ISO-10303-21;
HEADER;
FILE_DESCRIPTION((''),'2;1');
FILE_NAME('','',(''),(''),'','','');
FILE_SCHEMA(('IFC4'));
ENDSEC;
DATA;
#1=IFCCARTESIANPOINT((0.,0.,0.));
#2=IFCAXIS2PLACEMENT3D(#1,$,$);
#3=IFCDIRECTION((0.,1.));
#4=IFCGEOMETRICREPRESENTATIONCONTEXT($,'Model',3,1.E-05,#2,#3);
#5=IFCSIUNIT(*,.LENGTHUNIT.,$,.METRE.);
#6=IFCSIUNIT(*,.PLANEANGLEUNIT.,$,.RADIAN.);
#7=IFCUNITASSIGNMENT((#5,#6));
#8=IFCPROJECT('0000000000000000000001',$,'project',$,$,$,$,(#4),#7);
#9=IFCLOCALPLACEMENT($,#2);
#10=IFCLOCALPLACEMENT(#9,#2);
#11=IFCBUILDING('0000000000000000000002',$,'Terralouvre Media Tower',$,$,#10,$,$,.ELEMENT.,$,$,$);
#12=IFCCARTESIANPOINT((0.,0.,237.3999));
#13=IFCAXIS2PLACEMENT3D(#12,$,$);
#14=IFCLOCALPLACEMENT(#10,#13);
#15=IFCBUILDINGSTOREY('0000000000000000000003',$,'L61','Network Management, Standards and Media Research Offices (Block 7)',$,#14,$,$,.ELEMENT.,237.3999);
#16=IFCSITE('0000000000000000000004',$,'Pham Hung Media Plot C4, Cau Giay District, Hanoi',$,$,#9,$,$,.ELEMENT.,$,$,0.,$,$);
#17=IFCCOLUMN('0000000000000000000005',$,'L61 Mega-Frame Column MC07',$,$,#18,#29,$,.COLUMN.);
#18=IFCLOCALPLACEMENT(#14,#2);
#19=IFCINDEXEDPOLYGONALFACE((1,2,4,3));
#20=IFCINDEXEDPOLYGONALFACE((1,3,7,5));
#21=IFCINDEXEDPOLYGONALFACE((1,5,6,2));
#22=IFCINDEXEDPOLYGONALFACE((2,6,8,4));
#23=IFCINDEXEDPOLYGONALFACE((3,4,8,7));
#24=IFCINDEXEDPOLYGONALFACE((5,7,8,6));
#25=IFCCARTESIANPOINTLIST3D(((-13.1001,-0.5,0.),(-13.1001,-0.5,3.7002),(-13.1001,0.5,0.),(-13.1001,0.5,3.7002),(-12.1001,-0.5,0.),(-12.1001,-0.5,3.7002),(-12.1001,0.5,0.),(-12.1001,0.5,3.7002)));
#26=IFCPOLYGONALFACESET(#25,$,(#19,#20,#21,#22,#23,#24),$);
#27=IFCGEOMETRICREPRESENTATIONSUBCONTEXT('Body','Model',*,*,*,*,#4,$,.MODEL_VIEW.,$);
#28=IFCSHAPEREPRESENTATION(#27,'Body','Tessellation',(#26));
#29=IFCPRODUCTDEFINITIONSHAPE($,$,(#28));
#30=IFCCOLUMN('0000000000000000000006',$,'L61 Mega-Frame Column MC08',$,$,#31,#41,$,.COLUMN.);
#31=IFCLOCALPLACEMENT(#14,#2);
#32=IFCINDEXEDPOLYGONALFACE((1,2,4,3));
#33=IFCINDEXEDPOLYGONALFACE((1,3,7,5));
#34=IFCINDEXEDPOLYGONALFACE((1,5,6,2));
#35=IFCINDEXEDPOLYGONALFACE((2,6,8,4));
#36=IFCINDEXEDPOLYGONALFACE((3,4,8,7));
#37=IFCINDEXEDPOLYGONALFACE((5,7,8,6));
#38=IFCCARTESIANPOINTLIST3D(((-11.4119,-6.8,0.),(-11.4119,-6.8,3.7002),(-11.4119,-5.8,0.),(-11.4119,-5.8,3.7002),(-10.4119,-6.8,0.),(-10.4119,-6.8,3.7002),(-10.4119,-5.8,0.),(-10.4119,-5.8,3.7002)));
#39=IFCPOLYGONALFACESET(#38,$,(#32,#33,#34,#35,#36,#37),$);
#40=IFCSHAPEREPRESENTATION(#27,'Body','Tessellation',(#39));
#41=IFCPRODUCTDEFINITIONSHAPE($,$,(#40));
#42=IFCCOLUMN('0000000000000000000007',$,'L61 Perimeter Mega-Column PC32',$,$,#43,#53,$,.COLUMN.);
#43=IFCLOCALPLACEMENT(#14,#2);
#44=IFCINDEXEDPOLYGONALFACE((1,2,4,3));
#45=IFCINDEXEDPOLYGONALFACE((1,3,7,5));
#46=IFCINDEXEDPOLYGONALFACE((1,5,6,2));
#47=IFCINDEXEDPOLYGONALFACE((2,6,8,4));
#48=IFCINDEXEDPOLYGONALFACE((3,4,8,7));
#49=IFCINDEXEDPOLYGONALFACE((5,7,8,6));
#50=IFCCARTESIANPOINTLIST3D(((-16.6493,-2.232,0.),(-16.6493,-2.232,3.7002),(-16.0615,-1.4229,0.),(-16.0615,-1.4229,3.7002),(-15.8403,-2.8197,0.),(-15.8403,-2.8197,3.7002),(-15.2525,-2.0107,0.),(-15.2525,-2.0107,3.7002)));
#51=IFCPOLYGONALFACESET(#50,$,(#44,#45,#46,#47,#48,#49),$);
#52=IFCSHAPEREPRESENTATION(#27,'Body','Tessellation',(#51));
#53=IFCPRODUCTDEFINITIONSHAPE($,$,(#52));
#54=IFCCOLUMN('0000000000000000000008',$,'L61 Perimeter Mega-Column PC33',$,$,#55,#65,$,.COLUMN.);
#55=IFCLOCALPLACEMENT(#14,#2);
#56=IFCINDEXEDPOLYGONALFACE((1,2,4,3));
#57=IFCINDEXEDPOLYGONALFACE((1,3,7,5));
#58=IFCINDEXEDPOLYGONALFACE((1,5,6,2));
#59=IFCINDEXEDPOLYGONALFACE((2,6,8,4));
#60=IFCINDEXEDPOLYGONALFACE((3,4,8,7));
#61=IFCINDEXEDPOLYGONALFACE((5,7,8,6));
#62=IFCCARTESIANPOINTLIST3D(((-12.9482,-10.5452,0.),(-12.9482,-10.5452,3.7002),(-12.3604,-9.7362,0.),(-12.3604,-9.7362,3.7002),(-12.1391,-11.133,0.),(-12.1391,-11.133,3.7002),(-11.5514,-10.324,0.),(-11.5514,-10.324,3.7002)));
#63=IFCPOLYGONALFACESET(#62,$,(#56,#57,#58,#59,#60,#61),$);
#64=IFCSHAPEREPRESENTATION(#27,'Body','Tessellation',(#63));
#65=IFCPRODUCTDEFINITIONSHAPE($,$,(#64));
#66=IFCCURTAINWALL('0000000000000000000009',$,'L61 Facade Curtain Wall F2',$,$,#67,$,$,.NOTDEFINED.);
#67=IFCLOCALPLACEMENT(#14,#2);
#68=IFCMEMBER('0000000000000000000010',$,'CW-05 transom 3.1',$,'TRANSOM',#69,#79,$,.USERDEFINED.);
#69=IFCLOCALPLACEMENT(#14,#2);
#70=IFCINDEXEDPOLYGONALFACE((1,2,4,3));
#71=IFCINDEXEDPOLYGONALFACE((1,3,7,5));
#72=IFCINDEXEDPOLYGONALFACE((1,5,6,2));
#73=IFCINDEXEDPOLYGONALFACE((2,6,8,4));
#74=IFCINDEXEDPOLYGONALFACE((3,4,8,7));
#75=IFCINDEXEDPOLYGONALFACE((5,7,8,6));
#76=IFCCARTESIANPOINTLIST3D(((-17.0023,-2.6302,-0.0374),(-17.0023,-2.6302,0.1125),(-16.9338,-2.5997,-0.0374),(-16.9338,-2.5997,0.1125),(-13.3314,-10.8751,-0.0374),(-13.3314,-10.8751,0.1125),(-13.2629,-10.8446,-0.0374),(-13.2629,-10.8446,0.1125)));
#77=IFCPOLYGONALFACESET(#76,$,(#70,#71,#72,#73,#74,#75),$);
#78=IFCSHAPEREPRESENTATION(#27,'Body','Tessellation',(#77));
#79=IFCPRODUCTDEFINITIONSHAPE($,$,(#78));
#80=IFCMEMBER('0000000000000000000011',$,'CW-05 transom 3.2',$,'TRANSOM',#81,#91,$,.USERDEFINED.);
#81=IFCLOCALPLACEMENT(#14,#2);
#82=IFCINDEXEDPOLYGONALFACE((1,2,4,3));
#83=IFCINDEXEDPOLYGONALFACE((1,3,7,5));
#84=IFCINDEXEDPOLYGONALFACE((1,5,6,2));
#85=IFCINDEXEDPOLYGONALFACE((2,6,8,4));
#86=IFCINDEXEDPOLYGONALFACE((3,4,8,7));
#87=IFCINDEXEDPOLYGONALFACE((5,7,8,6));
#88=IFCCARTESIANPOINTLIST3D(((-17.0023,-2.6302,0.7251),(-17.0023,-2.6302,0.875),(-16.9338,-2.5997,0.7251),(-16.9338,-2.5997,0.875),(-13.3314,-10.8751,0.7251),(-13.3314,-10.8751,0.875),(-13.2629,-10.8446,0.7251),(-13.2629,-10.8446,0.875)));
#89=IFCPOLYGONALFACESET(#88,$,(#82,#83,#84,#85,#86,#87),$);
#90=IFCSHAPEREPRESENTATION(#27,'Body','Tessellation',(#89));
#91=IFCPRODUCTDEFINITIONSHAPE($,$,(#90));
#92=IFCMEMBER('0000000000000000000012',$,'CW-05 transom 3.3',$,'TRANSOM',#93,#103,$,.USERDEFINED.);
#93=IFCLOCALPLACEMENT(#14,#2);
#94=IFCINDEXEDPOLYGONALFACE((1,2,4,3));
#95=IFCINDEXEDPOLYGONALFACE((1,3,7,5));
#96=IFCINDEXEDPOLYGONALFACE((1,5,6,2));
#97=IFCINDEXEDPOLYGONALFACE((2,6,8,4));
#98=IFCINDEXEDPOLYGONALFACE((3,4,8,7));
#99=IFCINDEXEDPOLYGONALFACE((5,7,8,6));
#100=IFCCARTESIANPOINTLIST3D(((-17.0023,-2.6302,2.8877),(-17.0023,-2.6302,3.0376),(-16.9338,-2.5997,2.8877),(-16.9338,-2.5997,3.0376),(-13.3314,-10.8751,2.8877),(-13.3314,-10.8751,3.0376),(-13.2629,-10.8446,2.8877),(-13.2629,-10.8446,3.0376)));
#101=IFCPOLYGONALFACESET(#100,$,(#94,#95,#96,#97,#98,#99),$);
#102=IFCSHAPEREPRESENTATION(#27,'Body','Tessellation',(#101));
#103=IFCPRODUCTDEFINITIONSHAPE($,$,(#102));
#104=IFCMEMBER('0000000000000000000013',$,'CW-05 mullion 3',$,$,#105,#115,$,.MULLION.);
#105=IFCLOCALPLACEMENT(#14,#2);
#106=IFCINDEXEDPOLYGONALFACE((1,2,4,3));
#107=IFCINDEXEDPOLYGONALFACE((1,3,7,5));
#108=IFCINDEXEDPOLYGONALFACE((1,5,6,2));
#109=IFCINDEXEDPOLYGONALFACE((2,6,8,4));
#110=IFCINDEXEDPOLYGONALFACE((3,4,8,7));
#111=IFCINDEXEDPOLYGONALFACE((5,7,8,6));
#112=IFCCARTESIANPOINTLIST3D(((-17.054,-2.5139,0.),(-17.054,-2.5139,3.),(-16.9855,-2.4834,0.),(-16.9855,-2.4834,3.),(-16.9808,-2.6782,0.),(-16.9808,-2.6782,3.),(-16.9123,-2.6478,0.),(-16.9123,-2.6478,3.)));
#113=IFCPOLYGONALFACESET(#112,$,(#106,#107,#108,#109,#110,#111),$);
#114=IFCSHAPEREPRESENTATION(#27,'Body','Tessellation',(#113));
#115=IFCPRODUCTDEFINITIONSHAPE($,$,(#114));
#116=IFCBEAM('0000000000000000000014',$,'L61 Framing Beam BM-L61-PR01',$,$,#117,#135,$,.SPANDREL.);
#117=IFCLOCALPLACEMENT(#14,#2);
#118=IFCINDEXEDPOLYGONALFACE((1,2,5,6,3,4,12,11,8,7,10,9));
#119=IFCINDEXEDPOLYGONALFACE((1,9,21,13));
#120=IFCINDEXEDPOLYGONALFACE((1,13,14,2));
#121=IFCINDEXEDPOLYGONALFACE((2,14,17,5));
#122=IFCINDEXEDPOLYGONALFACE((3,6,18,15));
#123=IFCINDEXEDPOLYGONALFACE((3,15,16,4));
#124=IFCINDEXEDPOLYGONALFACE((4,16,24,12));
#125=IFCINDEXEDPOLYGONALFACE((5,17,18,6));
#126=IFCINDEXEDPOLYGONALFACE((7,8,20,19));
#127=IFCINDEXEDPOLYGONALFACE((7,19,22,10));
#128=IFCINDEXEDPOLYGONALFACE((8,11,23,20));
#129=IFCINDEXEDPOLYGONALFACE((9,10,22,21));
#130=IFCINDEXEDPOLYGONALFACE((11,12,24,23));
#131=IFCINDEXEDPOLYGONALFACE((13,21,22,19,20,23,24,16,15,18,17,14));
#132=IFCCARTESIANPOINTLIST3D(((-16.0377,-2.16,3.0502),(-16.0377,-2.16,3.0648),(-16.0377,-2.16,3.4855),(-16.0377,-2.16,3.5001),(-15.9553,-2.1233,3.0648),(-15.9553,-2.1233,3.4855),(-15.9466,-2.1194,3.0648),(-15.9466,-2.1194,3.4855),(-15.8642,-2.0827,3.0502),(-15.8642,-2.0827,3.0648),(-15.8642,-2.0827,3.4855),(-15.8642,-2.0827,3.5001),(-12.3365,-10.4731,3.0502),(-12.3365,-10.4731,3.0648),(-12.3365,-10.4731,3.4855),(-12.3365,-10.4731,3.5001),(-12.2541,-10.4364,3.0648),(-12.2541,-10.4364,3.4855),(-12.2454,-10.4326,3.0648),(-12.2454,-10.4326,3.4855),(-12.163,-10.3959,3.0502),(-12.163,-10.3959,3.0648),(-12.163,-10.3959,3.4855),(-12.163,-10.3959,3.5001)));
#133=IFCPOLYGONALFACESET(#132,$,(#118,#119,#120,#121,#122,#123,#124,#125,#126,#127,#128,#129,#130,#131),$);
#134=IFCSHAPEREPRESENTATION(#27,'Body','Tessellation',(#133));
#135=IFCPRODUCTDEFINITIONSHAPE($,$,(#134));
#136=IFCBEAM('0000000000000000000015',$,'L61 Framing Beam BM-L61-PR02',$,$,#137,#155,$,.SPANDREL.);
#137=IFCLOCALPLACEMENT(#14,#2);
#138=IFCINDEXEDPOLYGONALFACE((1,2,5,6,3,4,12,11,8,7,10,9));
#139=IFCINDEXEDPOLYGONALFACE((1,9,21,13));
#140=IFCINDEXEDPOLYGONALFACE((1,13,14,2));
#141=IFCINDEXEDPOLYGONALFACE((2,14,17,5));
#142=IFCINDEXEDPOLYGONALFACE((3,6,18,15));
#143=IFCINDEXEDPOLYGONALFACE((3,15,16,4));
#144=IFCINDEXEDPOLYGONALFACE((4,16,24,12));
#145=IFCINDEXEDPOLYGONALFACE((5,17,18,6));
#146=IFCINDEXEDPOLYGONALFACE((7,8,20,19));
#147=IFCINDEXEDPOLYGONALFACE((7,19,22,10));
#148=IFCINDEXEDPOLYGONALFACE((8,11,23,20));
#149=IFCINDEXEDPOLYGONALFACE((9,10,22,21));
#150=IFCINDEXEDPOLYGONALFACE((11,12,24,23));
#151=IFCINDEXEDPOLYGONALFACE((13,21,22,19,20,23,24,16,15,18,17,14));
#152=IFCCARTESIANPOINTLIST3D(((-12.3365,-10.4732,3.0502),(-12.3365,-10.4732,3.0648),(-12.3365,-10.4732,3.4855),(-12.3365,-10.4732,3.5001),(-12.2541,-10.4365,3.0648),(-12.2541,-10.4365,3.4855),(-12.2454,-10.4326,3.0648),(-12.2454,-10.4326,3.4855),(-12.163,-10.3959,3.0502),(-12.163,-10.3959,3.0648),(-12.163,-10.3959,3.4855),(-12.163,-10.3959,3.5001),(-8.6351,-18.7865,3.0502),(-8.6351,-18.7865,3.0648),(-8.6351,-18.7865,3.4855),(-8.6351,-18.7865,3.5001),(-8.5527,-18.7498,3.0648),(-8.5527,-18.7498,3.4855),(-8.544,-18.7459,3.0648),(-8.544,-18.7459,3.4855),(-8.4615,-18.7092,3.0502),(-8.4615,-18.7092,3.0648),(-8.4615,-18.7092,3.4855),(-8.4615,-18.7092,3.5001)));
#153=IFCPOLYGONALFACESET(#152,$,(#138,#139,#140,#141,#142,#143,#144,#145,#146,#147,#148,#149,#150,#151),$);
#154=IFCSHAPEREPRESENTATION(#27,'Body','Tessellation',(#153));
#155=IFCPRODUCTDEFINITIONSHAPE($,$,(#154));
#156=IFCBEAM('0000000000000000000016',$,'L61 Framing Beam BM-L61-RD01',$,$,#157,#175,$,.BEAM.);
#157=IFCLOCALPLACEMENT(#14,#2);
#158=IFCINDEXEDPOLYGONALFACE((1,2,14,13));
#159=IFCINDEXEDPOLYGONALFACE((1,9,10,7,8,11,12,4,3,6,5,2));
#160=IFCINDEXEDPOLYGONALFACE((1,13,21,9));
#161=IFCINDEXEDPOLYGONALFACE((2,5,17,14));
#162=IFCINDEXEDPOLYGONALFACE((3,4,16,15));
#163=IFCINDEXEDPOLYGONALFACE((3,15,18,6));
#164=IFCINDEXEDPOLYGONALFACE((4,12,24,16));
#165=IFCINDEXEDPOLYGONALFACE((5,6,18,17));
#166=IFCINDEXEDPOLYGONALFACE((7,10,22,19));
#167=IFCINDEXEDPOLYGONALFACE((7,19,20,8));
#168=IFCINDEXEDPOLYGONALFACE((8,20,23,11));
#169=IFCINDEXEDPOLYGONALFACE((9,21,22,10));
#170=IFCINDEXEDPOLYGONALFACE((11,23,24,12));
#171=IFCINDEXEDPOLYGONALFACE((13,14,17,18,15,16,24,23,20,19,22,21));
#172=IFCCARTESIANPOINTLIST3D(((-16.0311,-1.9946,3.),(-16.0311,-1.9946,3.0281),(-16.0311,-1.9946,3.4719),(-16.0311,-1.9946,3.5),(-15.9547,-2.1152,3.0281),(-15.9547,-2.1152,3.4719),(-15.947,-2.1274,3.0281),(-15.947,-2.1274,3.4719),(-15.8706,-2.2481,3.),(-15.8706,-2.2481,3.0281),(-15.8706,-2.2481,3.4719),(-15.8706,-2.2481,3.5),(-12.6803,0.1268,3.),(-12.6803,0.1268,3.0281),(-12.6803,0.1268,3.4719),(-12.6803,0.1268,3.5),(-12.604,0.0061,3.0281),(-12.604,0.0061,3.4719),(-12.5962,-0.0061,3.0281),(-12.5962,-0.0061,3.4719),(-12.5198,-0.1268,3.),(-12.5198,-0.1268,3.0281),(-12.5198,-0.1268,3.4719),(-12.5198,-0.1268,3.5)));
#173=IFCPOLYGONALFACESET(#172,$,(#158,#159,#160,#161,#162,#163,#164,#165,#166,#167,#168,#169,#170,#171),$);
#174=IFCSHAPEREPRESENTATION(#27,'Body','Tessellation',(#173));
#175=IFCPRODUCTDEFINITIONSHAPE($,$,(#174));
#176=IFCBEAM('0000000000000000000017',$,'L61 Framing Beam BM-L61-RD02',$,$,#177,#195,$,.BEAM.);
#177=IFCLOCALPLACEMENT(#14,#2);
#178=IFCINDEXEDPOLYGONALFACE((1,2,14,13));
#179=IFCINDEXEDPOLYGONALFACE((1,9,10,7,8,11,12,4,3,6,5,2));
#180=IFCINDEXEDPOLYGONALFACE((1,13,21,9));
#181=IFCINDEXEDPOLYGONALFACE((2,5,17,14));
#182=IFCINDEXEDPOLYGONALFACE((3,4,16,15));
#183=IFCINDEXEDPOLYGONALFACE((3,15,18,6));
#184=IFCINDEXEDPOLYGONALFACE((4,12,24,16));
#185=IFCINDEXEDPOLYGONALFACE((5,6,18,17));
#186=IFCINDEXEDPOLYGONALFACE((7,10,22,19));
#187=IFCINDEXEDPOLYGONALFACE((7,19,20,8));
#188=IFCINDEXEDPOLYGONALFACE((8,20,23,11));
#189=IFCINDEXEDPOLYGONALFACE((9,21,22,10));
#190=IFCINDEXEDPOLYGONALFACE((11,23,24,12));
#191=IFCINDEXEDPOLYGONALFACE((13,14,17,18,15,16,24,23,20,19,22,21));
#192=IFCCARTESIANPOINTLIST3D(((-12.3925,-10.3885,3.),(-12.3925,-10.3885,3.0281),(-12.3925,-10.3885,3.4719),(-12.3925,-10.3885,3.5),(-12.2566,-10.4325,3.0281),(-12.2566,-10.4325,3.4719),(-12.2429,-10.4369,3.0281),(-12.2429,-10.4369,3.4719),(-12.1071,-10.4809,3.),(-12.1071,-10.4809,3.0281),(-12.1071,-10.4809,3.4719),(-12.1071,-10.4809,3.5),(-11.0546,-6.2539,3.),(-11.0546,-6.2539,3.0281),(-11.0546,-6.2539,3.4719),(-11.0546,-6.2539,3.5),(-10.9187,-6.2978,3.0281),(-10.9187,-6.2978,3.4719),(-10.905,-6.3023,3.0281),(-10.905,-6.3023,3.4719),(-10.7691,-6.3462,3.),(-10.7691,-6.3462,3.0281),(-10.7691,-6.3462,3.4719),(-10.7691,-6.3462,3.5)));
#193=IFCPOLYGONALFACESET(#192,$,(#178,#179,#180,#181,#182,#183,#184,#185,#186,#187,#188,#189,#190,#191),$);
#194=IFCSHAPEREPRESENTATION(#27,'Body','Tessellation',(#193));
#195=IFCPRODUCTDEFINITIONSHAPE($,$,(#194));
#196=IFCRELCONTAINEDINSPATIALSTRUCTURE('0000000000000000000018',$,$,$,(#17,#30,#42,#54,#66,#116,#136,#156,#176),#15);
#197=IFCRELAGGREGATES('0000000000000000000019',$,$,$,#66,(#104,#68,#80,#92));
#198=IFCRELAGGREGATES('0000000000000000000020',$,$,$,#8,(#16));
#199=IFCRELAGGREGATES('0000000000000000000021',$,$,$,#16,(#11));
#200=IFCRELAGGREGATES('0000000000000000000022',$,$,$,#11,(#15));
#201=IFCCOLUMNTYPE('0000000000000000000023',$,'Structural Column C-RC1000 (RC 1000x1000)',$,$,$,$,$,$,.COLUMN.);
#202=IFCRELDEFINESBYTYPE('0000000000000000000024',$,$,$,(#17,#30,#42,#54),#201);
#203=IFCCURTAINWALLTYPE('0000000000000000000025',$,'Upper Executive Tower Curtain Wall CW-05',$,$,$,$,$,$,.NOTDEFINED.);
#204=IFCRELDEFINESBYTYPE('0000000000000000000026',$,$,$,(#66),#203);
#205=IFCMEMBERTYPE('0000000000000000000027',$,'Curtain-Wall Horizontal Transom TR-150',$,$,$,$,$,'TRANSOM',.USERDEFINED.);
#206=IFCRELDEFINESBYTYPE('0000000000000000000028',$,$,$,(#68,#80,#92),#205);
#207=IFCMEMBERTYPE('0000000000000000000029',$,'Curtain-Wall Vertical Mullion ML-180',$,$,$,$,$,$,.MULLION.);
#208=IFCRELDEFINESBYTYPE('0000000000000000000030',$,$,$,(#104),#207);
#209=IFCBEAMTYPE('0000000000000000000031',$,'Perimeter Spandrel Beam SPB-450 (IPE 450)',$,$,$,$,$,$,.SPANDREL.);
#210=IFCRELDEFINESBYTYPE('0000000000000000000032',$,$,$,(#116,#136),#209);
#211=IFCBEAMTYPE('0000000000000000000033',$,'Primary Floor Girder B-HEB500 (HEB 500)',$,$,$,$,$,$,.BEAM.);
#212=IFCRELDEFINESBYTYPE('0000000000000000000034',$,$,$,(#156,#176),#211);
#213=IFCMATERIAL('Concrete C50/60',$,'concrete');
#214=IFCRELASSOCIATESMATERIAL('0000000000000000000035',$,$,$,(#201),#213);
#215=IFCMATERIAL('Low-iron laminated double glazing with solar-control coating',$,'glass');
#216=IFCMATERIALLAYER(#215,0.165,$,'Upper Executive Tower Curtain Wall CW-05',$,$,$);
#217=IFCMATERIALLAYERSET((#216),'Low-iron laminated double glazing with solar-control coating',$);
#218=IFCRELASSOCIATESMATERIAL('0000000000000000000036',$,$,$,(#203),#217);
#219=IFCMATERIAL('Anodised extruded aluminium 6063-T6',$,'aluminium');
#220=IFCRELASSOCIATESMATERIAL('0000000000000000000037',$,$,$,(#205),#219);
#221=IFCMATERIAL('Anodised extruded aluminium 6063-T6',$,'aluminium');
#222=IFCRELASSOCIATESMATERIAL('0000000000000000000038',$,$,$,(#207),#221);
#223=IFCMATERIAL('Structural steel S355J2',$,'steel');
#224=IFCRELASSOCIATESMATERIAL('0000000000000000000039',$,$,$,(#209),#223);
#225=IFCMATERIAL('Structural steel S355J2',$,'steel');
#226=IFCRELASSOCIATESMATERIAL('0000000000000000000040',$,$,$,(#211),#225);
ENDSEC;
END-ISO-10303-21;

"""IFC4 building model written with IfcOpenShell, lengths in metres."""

from ifc_helpers import new_model, si_unit, direction, frame, origin, origin_2d, place, context, subcontext, project, spatial, rectangle, i_section, extrude, material, layer, layer_set, material_profile, profile_set, type_object, element, aggregate, save


model = new_model("IFC4")

# Units and contexts
model_context = context("Model", 3, precision=1e-05, world=origin(), true_north=direction((0.0, 1.0)))
body_context = subcontext(model_context, "Body", "Model", "MODEL_VIEW")
ifc_project = project(units=[si_unit("LENGTHUNIT", "METRE"), si_unit("PLANEANGLEUNIT", "RADIAN")], contexts=[model_context])

# Site, building, storey
site_placement = place(None, origin())
site = spatial("IfcSite", under=ifc_project, at=site_placement, Name="Pham Hung Media Plot C4, Cau Giay District, Hanoi", CompositionType="ELEMENT", RefElevation=0.0)
building_placement = place(site_placement, origin())
building = spatial("IfcBuilding", under=site, at=building_placement, Name="Terralouvre Media Tower", CompositionType="ELEMENT")
storey_placement = place(building_placement, frame((0.0, 0.0, 237.3999)))
storey = spatial("IfcBuildingStorey", under=building, at=storey_placement, Name="L61", Description="Network Management, Standards and Media Research Offices (Block 7)", CompositionType="ELEMENT", Elevation=237.3999)

# Columns
ifc_material_1 = material(Name="Concrete C50/60", Category="concrete")
ifc_material_profile_1 = material_profile(ifc_material_1, rectangle(XDim=1.0, YDim=1.0, at=origin_2d()), Name="RC 1000x1000")
ifc_profile_set_1 = profile_set([ifc_material_profile_1], Name="Concrete C50/60")
column_type = type_object("IfcColumnType", Name="Structural Column C-RC1000 (RC 1000x1000)", PredefinedType="COLUMN", material=ifc_profile_set_1)
for number, where, z_axis, x_axis, name in (
    (1, (-12.6001, 0.0, 0.0), (0.0, 0.0, 1.0), (1.0, 0.0, 0.0), "L61 Mega-Frame Column MC07"),
    (2, (-10.9119, -6.3, 0.0), (0.0, 0.0, 1.0), (1.0, 0.0, 0.0), "L61 Mega-Frame Column MC08"),
    (3, (-15.9509, -2.1213, 0.0), (0.0, 0.0, 1.0), (0.587785, 0.809017, 0.0), "L61 Perimeter Mega-Column PC32"),
    (4, (-12.2498, -10.4346, 0.0), (0.0, 0.0, 1.0), (0.587785, 0.809017, 0.0), "L61 Perimeter Mega-Column PC33"),
):
    element("IfcColumn", number, at=place(storey_placement, frame(where, z_axis=z_axis, x_axis=x_axis)), inside=storey, type_object=column_type, Name=name, PredefinedType="COLUMN", context=body_context, shape_type="SweptSolid", body=[
        extrude(rectangle(XDim=1.0, YDim=1.0, at=origin_2d()), origin(), (0.0, 0.0, 1.0), 3.7002),
    ])

# Curtain wall, members
ifc_material_2 = material(Name="Low-iron laminated double glazing with solar-control coating", Category="glass")
ifc_layer_1 = layer(ifc_material_2, 0.165, Name="Upper Executive Tower Curtain Wall CW-05")
ifc_layer_set_1 = layer_set([ifc_layer_1], Name="Low-iron laminated double glazing with solar-control coating")
curtain_wall_type = type_object("IfcCurtainWallType", Name="Upper Executive Tower Curtain Wall CW-05", PredefinedType="NOTDEFINED", material=ifc_layer_set_1)
curtain_wall_placement = place(storey_placement, origin())
curtain_wall = element("IfcCurtainWall", 5, at=curtain_wall_placement, inside=storey, type_object=curtain_wall_type, Name="L61 Facade Curtain Wall F2", PredefinedType="NOTDEFINED")
ifc_material_3 = material(Name="Anodised extruded aluminium 6063-T6", Category="aluminium")
ifc_material_profile_2 = material_profile(ifc_material_3, rectangle(XDim=0.075, YDim=0.1499, at=origin_2d()), Name="ALU 75x150")
ifc_profile_set_2 = profile_set([ifc_material_profile_2], Name="Anodised extruded aluminium 6063-T6")
member_type_1 = type_object("IfcMemberType", Name="Curtain-Wall Horizontal Transom TR-150", ElementType="TRANSOM", PredefinedType="USERDEFINED", material=ifc_profile_set_2)
member_1_placement = place(storey_placement, frame((-16.968, -2.615, 0.0376), z_axis=(0.406741, -0.913544, 0.0), x_axis=(0.913544, 0.406741, 0.0)))
member_1 = element("IfcMember", 6, at=member_1_placement, type_object=member_type_1, Name="CW-05 transom 3.1", ObjectType="TRANSOM", PredefinedType="USERDEFINED", context=body_context, shape_type="SweptSolid", body=[
    extrude(rectangle(XDim=0.075, YDim=0.1499, at=origin_2d()), origin(), (0.0, 0.0, 1.0), 9.0251),
])
member_2_placement = place(storey_placement, frame((-16.968, -2.615, 0.8), z_axis=(0.406741, -0.913544, 0.0), x_axis=(0.913544, 0.406741, 0.0)))
member_2 = element("IfcMember", 7, at=member_2_placement, type_object=member_type_1, Name="CW-05 transom 3.2", ObjectType="TRANSOM", PredefinedType="USERDEFINED", context=body_context, shape_type="SweptSolid", body=[
    extrude(rectangle(XDim=0.075, YDim=0.1499, at=origin_2d()), origin(), (0.0, 0.0, 1.0), 9.0251),
])
member_3_placement = place(storey_placement, frame((-16.968, -2.615, 2.9626), z_axis=(0.406741, -0.913544, 0.0), x_axis=(0.913544, 0.406741, 0.0)))
member_3 = element("IfcMember", 8, at=member_3_placement, type_object=member_type_1, Name="CW-05 transom 3.3", ObjectType="TRANSOM", PredefinedType="USERDEFINED", context=body_context, shape_type="SweptSolid", body=[
    extrude(rectangle(XDim=0.075, YDim=0.1499, at=origin_2d()), origin(), (0.0, 0.0, 1.0), 9.0251),
])
ifc_material_4 = material(Name="Anodised extruded aluminium 6063-T6", Category="aluminium")
ifc_material_profile_3 = material_profile(ifc_material_4, rectangle(XDim=0.075, YDim=0.1799, at=origin_2d()), Name="ALU 75x180")
ifc_profile_set_3 = profile_set([ifc_material_profile_3], Name="Anodised extruded aluminium 6063-T6")
member_type_2 = type_object("IfcMemberType", Name="Curtain-Wall Vertical Mullion ML-180", PredefinedType="MULLION", material=ifc_profile_set_3)
member_4_placement = place(storey_placement, frame((-16.9832, -2.5808, 0.0), z_axis=(0.0, 0.0, 1.0), x_axis=(0.913545, 0.406737, 0.0)))
member_4 = element("IfcMember", 9, at=member_4_placement, type_object=member_type_2, Name="CW-05 mullion 3", PredefinedType="MULLION", context=body_context, shape_type="SweptSolid", body=[
    extrude(rectangle(XDim=0.075, YDim=0.1799, at=origin_2d()), origin(), (0.0, 0.0, 1.0), 3.0),
])

# Beams
ifc_material_5 = material(Name="Structural steel S355J2", Category="steel")
ifc_material_profile_4 = material_profile(ifc_material_5, i_section(OverallWidth=0.1899, OverallDepth=0.45, WebThickness=0.0095, FlangeThickness=0.0146, at=origin_2d()), Name="IPE 450")
ifc_profile_set_4 = profile_set([ifc_material_profile_4], Name="Structural steel S355J2")
beam_type_1 = type_object("IfcBeamType", Name="Perimeter Spandrel Beam SPB-450 (IPE 450)", PredefinedType="SPANDREL", material=ifc_profile_set_4)
beam_1_placement = place(storey_placement, frame((-15.9509, -2.1213, 3.2751), z_axis=(0.406726, -0.91355, 0.0), x_axis=(0.91355, 0.406726, 0.0)))
element("IfcBeam", 10, at=beam_1_placement, inside=storey, type_object=beam_type_1, Name="L61 Framing Beam BM-L61-PR01", PredefinedType="SPANDREL", context=body_context, shape_type="SweptSolid", body=[
    extrude(i_section(OverallWidth=0.1899, OverallDepth=0.45, WebThickness=0.0095, FlangeThickness=0.0146, at=origin_2d()), origin(), (0.0, 0.0, 1.0), 9.0999),
])
beam_2_placement = place(storey_placement, frame((-12.2498, -10.4346, 3.2751), z_axis=(0.406748, -0.91354, 0.0), x_axis=(0.91354, 0.406748, 0.0)))
element("IfcBeam", 11, at=beam_2_placement, inside=storey, type_object=beam_type_1, Name="L61 Framing Beam BM-L61-PR02", PredefinedType="SPANDREL", context=body_context, shape_type="SweptSolid", body=[
    extrude(i_section(OverallWidth=0.1899, OverallDepth=0.45, WebThickness=0.0095, FlangeThickness=0.0146, at=origin_2d()), origin(), (0.0, 0.0, 1.0), 9.1001),
])
ifc_material_6 = material(Name="Structural steel S355J2", Category="steel")
ifc_material_profile_5 = material_profile(ifc_material_6, i_section(OverallWidth=0.3, OverallDepth=0.5, WebThickness=0.0144, FlangeThickness=0.0281, at=origin_2d()), Name="HEB 500")
ifc_profile_set_5 = profile_set([ifc_material_profile_5], Name="Structural steel S355J2")
beam_type_2 = type_object("IfcBeamType", Name="Primary Floor Girder B-HEB500 (HEB 500)", PredefinedType="BEAM", material=ifc_profile_set_5)
beam_3_placement = place(storey_placement, frame((-12.6001, 0.0, 3.25), z_axis=(-0.844916, -0.534898, 0.0), x_axis=(0.534898, -0.844916, 0.0)))
element("IfcBeam", 12, at=beam_3_placement, inside=storey, type_object=beam_type_2, Name="L61 Framing Beam BM-L61-RD01", PredefinedType="BEAM", context=body_context, shape_type="SweptSolid", body=[
    extrude(i_section(OverallWidth=0.3, OverallDepth=0.5, WebThickness=0.0144, FlangeThickness=0.0281, at=origin_2d()), origin(), (0.0, 0.0, 1.0), 3.9658),
])
beam_4_placement = place(storey_placement, frame((-10.9119, -6.3, 3.25), z_axis=(-0.307873, -0.951428, 0.0), x_axis=(0.951428, -0.307873, 0.0)))
element("IfcBeam", 13, at=beam_4_placement, inside=storey, type_object=beam_type_2, Name="L61 Framing Beam BM-L61-RD02", PredefinedType="BEAM", context=body_context, shape_type="SweptSolid", body=[
    extrude(i_section(OverallWidth=0.3, OverallDepth=0.5, WebThickness=0.0144, FlangeThickness=0.0281, at=origin_2d()), origin(), (0.0, 0.0, 1.0), 4.3457),
])

aggregate(curtain_wall, [member_4, member_1, member_2, member_3])

save(model, "model.ifc")
